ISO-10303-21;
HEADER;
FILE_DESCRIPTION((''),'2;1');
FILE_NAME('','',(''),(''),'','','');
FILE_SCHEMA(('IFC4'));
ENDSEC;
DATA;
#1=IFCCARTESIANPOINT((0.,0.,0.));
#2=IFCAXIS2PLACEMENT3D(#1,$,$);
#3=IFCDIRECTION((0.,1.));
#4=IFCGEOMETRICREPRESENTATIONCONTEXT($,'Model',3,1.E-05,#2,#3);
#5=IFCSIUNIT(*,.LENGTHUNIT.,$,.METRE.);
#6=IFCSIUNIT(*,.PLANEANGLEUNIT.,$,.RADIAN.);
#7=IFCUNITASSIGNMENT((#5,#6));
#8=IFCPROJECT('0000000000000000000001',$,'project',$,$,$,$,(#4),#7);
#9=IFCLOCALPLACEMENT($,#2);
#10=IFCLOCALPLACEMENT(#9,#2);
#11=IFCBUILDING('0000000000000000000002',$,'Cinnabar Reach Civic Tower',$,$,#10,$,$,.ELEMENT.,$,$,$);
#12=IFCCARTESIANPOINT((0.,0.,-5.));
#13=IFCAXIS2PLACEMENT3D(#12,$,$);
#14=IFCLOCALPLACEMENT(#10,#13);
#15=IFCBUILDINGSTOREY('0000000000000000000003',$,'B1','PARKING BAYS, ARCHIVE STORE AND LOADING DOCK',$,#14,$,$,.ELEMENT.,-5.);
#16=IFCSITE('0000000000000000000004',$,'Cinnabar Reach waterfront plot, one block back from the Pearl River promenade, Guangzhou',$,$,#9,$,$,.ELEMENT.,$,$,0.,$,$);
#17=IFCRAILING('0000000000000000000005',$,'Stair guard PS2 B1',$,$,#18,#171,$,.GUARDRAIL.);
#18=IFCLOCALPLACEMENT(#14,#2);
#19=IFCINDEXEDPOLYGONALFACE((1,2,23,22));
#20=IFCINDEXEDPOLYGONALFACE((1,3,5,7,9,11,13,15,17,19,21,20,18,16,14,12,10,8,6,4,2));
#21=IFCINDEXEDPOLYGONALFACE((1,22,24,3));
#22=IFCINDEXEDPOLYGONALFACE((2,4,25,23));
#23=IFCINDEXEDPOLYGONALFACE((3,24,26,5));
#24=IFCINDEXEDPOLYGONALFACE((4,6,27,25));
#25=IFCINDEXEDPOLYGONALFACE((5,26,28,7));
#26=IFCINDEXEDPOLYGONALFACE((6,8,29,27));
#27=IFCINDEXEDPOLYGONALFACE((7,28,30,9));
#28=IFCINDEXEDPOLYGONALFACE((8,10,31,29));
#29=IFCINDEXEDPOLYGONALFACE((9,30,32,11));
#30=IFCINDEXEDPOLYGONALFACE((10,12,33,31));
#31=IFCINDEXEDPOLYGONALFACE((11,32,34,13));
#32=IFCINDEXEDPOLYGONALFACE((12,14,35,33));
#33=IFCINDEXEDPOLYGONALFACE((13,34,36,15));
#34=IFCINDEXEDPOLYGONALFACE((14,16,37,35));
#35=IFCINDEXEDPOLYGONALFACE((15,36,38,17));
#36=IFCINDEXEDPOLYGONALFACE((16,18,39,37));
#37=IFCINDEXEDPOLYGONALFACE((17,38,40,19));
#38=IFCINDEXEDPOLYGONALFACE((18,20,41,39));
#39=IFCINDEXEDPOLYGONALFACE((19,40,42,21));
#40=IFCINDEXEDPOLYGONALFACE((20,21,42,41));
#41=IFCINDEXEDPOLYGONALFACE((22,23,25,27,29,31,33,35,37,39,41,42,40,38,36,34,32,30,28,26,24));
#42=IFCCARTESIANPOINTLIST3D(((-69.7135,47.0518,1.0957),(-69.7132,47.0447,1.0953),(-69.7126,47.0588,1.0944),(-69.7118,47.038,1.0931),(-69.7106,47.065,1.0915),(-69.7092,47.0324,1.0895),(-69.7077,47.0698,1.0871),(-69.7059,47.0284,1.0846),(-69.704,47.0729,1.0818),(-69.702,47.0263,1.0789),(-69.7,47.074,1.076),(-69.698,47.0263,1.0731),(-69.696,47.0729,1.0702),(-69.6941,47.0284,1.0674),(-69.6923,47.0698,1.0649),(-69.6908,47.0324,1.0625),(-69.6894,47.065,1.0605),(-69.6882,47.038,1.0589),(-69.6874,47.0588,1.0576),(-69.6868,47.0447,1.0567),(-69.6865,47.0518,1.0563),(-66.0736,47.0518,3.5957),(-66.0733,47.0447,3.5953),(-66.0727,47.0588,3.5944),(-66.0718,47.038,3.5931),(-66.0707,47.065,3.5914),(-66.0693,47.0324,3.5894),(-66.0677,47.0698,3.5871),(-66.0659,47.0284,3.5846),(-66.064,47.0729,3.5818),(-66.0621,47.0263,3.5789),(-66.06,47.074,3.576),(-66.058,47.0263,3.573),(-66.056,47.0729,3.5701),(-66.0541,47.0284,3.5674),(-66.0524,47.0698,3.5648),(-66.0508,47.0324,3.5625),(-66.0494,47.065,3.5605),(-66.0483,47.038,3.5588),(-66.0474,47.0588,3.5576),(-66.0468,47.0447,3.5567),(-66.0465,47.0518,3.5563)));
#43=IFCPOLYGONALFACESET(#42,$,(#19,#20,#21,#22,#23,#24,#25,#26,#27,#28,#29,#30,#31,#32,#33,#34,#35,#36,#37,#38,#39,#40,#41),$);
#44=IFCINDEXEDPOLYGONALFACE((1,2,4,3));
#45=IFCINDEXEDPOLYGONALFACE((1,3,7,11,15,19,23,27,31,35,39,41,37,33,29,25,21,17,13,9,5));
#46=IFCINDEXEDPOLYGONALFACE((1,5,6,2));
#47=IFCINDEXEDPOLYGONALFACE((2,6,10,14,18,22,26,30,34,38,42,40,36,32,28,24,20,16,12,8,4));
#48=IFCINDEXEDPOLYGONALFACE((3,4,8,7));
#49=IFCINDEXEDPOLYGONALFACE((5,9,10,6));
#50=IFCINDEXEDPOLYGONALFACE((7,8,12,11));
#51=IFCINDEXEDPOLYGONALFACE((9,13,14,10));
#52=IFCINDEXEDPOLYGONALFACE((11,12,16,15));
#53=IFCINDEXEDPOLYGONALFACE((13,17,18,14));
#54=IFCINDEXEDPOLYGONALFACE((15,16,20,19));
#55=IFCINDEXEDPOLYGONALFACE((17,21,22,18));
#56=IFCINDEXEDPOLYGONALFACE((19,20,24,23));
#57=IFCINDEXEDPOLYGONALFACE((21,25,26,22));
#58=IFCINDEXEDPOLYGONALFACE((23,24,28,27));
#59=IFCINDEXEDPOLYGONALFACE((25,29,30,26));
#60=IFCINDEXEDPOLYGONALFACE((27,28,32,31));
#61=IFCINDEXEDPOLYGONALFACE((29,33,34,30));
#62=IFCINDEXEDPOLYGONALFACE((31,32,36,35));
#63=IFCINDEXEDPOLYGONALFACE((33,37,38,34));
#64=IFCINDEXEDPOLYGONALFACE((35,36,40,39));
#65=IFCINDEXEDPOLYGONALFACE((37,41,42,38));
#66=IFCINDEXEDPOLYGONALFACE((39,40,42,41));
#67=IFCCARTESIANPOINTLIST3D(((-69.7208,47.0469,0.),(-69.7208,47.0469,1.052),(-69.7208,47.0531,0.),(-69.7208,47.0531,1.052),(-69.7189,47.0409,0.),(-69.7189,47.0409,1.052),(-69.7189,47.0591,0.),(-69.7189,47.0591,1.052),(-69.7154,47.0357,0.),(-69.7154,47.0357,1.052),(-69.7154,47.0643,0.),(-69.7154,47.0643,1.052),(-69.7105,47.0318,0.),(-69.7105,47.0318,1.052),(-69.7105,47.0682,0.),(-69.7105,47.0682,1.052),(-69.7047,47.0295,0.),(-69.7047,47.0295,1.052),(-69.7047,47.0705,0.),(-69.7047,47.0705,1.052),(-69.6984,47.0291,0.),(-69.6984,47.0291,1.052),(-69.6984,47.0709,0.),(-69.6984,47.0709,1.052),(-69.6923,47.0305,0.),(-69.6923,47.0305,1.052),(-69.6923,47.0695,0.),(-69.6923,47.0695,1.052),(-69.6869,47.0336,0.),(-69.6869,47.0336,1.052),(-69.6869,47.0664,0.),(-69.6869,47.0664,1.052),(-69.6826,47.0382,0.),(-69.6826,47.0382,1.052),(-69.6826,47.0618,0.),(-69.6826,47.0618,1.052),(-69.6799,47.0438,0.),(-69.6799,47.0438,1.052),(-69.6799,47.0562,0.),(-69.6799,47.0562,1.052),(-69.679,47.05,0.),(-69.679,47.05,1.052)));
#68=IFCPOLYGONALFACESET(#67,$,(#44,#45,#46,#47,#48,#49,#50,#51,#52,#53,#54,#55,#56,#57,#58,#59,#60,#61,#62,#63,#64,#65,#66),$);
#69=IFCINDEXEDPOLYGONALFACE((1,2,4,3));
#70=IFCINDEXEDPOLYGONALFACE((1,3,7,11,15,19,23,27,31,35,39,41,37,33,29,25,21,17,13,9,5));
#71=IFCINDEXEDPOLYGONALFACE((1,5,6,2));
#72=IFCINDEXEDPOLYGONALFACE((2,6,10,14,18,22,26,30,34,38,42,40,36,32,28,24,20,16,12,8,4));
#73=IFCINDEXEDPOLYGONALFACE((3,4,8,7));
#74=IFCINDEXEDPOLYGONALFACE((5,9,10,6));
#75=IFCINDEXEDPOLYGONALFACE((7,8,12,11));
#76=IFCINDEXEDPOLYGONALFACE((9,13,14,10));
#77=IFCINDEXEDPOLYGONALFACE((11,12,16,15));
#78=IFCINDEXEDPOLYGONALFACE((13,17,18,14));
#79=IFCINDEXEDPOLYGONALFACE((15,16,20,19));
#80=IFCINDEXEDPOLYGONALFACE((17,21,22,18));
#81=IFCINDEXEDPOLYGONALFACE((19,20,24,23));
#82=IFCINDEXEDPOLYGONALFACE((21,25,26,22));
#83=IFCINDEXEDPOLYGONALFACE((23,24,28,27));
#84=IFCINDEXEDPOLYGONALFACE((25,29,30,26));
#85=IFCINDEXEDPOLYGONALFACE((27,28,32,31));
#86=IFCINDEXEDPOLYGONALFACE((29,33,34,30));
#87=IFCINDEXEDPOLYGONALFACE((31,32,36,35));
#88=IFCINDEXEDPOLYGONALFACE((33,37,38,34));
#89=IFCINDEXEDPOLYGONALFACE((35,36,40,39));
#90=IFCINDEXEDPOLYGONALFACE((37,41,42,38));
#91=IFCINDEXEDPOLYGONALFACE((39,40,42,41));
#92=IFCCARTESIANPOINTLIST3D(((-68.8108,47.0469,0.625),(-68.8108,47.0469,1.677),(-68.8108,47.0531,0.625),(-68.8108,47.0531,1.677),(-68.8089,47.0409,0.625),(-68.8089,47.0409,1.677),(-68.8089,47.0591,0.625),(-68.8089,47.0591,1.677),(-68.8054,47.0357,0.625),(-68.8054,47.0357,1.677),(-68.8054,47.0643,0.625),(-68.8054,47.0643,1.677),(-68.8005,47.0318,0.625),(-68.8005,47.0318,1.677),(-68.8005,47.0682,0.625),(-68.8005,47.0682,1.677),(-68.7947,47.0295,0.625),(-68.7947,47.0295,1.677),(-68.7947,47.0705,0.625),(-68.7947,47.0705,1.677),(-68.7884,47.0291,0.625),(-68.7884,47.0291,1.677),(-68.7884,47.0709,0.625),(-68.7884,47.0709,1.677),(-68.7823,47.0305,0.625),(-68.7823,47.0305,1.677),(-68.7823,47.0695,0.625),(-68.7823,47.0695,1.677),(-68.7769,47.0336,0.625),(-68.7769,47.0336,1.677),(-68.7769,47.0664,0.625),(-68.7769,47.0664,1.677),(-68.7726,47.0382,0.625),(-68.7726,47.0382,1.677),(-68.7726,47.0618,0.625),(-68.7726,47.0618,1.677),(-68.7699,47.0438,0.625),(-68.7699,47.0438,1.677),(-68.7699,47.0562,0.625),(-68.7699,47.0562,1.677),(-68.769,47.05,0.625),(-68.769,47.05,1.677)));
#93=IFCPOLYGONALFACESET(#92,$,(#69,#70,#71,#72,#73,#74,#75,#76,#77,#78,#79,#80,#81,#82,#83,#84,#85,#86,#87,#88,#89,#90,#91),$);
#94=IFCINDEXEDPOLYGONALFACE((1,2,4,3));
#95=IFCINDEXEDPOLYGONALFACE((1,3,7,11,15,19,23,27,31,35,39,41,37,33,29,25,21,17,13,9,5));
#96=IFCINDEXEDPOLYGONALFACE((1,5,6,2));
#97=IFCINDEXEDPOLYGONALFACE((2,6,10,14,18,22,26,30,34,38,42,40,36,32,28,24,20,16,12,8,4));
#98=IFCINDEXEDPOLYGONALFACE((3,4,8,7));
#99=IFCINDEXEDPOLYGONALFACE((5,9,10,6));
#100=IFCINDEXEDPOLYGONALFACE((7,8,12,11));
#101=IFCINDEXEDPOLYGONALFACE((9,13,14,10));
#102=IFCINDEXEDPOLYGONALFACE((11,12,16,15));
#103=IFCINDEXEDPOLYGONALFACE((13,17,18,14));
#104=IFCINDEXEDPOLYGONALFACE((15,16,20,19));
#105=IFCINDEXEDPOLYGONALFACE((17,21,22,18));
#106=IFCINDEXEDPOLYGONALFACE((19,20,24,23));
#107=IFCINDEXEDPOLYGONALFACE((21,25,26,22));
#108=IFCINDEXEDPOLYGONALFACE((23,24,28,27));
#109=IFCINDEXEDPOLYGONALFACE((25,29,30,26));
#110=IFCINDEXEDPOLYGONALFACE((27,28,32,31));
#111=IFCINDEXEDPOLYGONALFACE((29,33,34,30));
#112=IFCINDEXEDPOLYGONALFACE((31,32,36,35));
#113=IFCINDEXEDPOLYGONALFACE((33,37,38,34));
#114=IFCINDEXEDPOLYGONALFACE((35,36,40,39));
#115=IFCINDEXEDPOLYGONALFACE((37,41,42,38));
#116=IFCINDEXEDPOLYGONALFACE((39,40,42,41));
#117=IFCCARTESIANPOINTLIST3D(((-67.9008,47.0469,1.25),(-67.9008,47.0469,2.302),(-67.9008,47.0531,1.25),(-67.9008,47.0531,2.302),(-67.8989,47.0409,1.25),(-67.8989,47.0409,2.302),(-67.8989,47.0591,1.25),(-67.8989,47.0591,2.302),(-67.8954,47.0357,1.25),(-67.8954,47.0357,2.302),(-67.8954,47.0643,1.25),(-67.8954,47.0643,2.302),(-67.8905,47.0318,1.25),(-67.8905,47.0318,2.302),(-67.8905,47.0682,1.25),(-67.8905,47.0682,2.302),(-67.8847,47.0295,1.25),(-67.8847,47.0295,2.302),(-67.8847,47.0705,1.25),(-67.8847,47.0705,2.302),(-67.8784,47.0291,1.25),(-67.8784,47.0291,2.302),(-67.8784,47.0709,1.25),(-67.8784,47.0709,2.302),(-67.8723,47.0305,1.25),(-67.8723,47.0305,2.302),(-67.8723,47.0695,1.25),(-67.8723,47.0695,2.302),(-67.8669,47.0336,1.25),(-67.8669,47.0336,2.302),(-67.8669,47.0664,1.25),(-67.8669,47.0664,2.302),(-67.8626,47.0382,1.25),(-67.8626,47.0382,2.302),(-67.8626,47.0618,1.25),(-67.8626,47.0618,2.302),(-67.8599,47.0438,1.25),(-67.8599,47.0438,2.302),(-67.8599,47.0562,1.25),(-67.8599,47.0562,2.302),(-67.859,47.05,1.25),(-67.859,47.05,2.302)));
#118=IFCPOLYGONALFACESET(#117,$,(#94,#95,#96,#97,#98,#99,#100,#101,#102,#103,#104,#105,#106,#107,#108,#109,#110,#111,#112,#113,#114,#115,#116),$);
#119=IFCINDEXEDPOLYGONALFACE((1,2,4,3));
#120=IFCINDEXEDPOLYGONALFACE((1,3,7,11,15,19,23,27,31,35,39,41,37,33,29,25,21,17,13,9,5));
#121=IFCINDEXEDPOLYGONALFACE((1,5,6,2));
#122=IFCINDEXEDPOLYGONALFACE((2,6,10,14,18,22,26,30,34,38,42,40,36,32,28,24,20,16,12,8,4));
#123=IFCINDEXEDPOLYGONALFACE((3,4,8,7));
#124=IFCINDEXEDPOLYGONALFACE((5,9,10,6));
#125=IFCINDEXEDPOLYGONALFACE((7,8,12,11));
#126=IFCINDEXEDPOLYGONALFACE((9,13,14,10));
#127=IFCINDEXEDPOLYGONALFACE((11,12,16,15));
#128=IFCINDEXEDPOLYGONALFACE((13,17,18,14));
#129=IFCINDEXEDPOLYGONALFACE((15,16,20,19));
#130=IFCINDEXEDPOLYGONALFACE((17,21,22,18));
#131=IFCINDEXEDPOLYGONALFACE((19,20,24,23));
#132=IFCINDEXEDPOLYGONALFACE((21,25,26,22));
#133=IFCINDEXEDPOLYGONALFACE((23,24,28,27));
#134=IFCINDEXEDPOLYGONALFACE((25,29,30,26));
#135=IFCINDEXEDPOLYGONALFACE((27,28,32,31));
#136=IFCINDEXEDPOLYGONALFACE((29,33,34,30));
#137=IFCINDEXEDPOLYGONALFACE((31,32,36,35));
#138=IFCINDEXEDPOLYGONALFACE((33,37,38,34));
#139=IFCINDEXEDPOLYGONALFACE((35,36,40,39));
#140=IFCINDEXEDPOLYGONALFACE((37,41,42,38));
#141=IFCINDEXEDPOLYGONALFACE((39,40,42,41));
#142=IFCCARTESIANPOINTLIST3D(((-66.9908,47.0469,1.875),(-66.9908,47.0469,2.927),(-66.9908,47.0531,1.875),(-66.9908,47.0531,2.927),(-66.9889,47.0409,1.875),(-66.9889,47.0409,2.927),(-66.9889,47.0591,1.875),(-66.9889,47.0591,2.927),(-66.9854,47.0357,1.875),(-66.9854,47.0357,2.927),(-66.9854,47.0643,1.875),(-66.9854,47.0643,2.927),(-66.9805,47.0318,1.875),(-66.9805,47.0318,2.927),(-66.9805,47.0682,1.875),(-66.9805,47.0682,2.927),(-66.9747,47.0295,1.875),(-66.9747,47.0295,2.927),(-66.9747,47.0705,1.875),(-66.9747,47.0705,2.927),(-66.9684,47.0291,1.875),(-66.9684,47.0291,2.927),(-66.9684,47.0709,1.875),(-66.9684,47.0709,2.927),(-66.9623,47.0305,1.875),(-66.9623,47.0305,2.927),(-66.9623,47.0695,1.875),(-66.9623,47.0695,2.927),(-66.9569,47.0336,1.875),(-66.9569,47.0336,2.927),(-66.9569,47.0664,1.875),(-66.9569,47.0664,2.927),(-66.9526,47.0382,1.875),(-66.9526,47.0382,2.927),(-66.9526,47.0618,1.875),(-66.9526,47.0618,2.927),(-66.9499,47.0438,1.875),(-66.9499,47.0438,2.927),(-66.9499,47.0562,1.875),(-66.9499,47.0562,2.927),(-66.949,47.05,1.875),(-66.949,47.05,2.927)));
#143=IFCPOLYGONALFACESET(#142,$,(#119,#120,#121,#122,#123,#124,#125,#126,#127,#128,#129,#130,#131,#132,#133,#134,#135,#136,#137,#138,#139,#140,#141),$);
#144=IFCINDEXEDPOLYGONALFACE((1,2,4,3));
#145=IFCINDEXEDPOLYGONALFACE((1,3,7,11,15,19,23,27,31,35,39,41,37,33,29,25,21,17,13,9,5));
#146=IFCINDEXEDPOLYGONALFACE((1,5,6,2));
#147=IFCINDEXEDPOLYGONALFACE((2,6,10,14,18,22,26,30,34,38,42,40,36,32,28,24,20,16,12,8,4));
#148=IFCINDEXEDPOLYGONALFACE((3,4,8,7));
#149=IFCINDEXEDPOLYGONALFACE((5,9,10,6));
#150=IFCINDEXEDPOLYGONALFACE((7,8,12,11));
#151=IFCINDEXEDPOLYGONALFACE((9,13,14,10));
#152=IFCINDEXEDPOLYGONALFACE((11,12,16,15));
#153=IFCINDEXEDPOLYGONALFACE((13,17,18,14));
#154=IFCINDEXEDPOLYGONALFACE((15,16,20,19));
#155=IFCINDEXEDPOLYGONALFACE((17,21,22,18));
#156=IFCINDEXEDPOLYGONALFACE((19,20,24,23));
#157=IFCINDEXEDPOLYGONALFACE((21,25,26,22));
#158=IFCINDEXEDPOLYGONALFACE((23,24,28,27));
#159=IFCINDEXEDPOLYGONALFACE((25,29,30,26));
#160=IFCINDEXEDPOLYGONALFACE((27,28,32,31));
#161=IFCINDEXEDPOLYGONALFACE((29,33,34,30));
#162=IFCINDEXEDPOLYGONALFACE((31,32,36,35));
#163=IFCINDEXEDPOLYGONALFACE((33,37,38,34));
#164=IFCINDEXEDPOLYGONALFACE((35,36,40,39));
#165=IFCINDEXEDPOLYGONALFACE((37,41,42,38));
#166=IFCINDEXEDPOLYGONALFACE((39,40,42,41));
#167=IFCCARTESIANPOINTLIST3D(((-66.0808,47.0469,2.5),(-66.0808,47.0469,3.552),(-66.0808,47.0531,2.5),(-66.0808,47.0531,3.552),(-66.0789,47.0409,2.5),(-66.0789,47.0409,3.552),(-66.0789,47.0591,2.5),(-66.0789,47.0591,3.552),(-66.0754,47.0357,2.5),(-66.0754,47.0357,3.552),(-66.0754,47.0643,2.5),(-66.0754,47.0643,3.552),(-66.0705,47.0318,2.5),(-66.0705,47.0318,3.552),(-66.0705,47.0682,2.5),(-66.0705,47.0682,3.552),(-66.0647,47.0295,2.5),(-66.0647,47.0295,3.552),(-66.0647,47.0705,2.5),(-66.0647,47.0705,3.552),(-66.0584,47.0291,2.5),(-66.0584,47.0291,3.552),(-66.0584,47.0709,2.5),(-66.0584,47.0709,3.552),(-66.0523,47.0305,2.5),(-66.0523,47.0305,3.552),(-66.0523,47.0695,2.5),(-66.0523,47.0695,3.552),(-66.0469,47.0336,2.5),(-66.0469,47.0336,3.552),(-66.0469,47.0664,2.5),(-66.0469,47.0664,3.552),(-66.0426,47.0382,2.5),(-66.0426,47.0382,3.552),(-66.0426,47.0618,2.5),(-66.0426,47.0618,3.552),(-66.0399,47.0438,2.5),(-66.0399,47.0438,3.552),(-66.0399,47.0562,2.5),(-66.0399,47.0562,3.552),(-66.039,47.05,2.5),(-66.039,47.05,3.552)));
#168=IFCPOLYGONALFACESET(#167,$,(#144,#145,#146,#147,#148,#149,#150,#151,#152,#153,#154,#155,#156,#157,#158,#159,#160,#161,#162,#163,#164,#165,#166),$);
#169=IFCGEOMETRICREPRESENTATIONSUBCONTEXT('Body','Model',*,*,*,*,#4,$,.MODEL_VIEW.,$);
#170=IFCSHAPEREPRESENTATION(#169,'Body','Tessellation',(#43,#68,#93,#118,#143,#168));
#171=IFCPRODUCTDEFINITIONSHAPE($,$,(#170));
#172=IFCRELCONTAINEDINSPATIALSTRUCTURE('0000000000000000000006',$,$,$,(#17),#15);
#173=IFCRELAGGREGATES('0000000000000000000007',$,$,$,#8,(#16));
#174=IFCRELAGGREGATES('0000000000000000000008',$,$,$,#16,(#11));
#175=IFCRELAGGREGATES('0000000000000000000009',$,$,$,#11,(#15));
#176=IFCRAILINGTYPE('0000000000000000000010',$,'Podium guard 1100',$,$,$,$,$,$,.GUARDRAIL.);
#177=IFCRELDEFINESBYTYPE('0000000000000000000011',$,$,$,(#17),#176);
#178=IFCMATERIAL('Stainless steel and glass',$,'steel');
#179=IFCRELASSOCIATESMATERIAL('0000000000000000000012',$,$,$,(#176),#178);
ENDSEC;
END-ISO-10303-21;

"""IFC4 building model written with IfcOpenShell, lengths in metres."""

from ifc_helpers import new_model, si_unit, direction, frame, origin, origin_2d, place, context, subcontext, project, spatial, circle, extrude, material, type_object, element, save


model = new_model("IFC4")

# Units and contexts
model_context = context("Model", 3, precision=1e-05, world=origin(), true_north=direction((0.0, 1.0)))
body_context = subcontext(model_context, "Body", "Model", "MODEL_VIEW")
ifc_project = project(units=[si_unit("LENGTHUNIT", "METRE"), si_unit("PLANEANGLEUNIT", "RADIAN")], contexts=[model_context])

# Site, building, storey
site_placement = place(None, origin())
site = spatial("IfcSite", under=ifc_project, at=site_placement, Name="Cinnabar Reach waterfront plot, one block back from the Pearl River promenade, Guangzhou", CompositionType="ELEMENT", RefElevation=0.0)
building_placement = place(site_placement, origin())
building = spatial("IfcBuilding", under=site, at=building_placement, Name="Cinnabar Reach Civic Tower", CompositionType="ELEMENT")
storey_placement = place(building_placement, frame((0.0, 0.0, -5.0)))
storey = spatial("IfcBuildingStorey", under=building, at=storey_placement, Name="B1", Description="PARKING BAYS, ARCHIVE STORE AND LOADING DOCK", CompositionType="ELEMENT", Elevation=-5.0)

# Railing
ifc_material_1 = material(Name="Stainless steel and glass", Category="steel")
railing_type = type_object("IfcRailingType", Name="Podium guard 1100", PredefinedType="GUARDRAIL", material=ifc_material_1)
railing_1_placement = place(storey_placement, frame((-69.7, 47.05, 0.0)))
element("IfcRailing", 1, at=railing_1_placement, inside=storey, type_object=railing_type, Name="Stair guard PS2 B1", PredefinedType="GUARDRAIL", context=body_context, shape_type="SweptSolid", body=[
    extrude(circle(Radius=0.024, at=origin_2d()), frame((0.0, 0.0, 1.076), z_axis=(0.824306, 0.0, 0.566144), x_axis=(0.0, 1.0, 0.0)), (0.0, 0.0, 1.0), 4.4158),
    extrude(circle(Radius=0.021, at=origin_2d()), origin(), (0.0, 0.0, 1.0), 1.052),
    extrude(circle(Radius=0.021, at=origin_2d()), frame((0.91, 0.0, 0.625)), (0.0, 0.0, 1.0), 1.052),
    extrude(circle(Radius=0.021, at=origin_2d()), frame((1.82, 0.0, 1.25)), (0.0, 0.0, 1.0), 1.052),
    extrude(circle(Radius=0.021, at=origin_2d()), frame((2.73, 0.0, 1.875)), (0.0, 0.0, 1.0), 1.052),
    extrude(circle(Radius=0.021, at=origin_2d()), frame((3.64, 0.0, 2.5)), (0.0, 0.0, 1.0), 1.052),
])

save(model, "model.ifc")
